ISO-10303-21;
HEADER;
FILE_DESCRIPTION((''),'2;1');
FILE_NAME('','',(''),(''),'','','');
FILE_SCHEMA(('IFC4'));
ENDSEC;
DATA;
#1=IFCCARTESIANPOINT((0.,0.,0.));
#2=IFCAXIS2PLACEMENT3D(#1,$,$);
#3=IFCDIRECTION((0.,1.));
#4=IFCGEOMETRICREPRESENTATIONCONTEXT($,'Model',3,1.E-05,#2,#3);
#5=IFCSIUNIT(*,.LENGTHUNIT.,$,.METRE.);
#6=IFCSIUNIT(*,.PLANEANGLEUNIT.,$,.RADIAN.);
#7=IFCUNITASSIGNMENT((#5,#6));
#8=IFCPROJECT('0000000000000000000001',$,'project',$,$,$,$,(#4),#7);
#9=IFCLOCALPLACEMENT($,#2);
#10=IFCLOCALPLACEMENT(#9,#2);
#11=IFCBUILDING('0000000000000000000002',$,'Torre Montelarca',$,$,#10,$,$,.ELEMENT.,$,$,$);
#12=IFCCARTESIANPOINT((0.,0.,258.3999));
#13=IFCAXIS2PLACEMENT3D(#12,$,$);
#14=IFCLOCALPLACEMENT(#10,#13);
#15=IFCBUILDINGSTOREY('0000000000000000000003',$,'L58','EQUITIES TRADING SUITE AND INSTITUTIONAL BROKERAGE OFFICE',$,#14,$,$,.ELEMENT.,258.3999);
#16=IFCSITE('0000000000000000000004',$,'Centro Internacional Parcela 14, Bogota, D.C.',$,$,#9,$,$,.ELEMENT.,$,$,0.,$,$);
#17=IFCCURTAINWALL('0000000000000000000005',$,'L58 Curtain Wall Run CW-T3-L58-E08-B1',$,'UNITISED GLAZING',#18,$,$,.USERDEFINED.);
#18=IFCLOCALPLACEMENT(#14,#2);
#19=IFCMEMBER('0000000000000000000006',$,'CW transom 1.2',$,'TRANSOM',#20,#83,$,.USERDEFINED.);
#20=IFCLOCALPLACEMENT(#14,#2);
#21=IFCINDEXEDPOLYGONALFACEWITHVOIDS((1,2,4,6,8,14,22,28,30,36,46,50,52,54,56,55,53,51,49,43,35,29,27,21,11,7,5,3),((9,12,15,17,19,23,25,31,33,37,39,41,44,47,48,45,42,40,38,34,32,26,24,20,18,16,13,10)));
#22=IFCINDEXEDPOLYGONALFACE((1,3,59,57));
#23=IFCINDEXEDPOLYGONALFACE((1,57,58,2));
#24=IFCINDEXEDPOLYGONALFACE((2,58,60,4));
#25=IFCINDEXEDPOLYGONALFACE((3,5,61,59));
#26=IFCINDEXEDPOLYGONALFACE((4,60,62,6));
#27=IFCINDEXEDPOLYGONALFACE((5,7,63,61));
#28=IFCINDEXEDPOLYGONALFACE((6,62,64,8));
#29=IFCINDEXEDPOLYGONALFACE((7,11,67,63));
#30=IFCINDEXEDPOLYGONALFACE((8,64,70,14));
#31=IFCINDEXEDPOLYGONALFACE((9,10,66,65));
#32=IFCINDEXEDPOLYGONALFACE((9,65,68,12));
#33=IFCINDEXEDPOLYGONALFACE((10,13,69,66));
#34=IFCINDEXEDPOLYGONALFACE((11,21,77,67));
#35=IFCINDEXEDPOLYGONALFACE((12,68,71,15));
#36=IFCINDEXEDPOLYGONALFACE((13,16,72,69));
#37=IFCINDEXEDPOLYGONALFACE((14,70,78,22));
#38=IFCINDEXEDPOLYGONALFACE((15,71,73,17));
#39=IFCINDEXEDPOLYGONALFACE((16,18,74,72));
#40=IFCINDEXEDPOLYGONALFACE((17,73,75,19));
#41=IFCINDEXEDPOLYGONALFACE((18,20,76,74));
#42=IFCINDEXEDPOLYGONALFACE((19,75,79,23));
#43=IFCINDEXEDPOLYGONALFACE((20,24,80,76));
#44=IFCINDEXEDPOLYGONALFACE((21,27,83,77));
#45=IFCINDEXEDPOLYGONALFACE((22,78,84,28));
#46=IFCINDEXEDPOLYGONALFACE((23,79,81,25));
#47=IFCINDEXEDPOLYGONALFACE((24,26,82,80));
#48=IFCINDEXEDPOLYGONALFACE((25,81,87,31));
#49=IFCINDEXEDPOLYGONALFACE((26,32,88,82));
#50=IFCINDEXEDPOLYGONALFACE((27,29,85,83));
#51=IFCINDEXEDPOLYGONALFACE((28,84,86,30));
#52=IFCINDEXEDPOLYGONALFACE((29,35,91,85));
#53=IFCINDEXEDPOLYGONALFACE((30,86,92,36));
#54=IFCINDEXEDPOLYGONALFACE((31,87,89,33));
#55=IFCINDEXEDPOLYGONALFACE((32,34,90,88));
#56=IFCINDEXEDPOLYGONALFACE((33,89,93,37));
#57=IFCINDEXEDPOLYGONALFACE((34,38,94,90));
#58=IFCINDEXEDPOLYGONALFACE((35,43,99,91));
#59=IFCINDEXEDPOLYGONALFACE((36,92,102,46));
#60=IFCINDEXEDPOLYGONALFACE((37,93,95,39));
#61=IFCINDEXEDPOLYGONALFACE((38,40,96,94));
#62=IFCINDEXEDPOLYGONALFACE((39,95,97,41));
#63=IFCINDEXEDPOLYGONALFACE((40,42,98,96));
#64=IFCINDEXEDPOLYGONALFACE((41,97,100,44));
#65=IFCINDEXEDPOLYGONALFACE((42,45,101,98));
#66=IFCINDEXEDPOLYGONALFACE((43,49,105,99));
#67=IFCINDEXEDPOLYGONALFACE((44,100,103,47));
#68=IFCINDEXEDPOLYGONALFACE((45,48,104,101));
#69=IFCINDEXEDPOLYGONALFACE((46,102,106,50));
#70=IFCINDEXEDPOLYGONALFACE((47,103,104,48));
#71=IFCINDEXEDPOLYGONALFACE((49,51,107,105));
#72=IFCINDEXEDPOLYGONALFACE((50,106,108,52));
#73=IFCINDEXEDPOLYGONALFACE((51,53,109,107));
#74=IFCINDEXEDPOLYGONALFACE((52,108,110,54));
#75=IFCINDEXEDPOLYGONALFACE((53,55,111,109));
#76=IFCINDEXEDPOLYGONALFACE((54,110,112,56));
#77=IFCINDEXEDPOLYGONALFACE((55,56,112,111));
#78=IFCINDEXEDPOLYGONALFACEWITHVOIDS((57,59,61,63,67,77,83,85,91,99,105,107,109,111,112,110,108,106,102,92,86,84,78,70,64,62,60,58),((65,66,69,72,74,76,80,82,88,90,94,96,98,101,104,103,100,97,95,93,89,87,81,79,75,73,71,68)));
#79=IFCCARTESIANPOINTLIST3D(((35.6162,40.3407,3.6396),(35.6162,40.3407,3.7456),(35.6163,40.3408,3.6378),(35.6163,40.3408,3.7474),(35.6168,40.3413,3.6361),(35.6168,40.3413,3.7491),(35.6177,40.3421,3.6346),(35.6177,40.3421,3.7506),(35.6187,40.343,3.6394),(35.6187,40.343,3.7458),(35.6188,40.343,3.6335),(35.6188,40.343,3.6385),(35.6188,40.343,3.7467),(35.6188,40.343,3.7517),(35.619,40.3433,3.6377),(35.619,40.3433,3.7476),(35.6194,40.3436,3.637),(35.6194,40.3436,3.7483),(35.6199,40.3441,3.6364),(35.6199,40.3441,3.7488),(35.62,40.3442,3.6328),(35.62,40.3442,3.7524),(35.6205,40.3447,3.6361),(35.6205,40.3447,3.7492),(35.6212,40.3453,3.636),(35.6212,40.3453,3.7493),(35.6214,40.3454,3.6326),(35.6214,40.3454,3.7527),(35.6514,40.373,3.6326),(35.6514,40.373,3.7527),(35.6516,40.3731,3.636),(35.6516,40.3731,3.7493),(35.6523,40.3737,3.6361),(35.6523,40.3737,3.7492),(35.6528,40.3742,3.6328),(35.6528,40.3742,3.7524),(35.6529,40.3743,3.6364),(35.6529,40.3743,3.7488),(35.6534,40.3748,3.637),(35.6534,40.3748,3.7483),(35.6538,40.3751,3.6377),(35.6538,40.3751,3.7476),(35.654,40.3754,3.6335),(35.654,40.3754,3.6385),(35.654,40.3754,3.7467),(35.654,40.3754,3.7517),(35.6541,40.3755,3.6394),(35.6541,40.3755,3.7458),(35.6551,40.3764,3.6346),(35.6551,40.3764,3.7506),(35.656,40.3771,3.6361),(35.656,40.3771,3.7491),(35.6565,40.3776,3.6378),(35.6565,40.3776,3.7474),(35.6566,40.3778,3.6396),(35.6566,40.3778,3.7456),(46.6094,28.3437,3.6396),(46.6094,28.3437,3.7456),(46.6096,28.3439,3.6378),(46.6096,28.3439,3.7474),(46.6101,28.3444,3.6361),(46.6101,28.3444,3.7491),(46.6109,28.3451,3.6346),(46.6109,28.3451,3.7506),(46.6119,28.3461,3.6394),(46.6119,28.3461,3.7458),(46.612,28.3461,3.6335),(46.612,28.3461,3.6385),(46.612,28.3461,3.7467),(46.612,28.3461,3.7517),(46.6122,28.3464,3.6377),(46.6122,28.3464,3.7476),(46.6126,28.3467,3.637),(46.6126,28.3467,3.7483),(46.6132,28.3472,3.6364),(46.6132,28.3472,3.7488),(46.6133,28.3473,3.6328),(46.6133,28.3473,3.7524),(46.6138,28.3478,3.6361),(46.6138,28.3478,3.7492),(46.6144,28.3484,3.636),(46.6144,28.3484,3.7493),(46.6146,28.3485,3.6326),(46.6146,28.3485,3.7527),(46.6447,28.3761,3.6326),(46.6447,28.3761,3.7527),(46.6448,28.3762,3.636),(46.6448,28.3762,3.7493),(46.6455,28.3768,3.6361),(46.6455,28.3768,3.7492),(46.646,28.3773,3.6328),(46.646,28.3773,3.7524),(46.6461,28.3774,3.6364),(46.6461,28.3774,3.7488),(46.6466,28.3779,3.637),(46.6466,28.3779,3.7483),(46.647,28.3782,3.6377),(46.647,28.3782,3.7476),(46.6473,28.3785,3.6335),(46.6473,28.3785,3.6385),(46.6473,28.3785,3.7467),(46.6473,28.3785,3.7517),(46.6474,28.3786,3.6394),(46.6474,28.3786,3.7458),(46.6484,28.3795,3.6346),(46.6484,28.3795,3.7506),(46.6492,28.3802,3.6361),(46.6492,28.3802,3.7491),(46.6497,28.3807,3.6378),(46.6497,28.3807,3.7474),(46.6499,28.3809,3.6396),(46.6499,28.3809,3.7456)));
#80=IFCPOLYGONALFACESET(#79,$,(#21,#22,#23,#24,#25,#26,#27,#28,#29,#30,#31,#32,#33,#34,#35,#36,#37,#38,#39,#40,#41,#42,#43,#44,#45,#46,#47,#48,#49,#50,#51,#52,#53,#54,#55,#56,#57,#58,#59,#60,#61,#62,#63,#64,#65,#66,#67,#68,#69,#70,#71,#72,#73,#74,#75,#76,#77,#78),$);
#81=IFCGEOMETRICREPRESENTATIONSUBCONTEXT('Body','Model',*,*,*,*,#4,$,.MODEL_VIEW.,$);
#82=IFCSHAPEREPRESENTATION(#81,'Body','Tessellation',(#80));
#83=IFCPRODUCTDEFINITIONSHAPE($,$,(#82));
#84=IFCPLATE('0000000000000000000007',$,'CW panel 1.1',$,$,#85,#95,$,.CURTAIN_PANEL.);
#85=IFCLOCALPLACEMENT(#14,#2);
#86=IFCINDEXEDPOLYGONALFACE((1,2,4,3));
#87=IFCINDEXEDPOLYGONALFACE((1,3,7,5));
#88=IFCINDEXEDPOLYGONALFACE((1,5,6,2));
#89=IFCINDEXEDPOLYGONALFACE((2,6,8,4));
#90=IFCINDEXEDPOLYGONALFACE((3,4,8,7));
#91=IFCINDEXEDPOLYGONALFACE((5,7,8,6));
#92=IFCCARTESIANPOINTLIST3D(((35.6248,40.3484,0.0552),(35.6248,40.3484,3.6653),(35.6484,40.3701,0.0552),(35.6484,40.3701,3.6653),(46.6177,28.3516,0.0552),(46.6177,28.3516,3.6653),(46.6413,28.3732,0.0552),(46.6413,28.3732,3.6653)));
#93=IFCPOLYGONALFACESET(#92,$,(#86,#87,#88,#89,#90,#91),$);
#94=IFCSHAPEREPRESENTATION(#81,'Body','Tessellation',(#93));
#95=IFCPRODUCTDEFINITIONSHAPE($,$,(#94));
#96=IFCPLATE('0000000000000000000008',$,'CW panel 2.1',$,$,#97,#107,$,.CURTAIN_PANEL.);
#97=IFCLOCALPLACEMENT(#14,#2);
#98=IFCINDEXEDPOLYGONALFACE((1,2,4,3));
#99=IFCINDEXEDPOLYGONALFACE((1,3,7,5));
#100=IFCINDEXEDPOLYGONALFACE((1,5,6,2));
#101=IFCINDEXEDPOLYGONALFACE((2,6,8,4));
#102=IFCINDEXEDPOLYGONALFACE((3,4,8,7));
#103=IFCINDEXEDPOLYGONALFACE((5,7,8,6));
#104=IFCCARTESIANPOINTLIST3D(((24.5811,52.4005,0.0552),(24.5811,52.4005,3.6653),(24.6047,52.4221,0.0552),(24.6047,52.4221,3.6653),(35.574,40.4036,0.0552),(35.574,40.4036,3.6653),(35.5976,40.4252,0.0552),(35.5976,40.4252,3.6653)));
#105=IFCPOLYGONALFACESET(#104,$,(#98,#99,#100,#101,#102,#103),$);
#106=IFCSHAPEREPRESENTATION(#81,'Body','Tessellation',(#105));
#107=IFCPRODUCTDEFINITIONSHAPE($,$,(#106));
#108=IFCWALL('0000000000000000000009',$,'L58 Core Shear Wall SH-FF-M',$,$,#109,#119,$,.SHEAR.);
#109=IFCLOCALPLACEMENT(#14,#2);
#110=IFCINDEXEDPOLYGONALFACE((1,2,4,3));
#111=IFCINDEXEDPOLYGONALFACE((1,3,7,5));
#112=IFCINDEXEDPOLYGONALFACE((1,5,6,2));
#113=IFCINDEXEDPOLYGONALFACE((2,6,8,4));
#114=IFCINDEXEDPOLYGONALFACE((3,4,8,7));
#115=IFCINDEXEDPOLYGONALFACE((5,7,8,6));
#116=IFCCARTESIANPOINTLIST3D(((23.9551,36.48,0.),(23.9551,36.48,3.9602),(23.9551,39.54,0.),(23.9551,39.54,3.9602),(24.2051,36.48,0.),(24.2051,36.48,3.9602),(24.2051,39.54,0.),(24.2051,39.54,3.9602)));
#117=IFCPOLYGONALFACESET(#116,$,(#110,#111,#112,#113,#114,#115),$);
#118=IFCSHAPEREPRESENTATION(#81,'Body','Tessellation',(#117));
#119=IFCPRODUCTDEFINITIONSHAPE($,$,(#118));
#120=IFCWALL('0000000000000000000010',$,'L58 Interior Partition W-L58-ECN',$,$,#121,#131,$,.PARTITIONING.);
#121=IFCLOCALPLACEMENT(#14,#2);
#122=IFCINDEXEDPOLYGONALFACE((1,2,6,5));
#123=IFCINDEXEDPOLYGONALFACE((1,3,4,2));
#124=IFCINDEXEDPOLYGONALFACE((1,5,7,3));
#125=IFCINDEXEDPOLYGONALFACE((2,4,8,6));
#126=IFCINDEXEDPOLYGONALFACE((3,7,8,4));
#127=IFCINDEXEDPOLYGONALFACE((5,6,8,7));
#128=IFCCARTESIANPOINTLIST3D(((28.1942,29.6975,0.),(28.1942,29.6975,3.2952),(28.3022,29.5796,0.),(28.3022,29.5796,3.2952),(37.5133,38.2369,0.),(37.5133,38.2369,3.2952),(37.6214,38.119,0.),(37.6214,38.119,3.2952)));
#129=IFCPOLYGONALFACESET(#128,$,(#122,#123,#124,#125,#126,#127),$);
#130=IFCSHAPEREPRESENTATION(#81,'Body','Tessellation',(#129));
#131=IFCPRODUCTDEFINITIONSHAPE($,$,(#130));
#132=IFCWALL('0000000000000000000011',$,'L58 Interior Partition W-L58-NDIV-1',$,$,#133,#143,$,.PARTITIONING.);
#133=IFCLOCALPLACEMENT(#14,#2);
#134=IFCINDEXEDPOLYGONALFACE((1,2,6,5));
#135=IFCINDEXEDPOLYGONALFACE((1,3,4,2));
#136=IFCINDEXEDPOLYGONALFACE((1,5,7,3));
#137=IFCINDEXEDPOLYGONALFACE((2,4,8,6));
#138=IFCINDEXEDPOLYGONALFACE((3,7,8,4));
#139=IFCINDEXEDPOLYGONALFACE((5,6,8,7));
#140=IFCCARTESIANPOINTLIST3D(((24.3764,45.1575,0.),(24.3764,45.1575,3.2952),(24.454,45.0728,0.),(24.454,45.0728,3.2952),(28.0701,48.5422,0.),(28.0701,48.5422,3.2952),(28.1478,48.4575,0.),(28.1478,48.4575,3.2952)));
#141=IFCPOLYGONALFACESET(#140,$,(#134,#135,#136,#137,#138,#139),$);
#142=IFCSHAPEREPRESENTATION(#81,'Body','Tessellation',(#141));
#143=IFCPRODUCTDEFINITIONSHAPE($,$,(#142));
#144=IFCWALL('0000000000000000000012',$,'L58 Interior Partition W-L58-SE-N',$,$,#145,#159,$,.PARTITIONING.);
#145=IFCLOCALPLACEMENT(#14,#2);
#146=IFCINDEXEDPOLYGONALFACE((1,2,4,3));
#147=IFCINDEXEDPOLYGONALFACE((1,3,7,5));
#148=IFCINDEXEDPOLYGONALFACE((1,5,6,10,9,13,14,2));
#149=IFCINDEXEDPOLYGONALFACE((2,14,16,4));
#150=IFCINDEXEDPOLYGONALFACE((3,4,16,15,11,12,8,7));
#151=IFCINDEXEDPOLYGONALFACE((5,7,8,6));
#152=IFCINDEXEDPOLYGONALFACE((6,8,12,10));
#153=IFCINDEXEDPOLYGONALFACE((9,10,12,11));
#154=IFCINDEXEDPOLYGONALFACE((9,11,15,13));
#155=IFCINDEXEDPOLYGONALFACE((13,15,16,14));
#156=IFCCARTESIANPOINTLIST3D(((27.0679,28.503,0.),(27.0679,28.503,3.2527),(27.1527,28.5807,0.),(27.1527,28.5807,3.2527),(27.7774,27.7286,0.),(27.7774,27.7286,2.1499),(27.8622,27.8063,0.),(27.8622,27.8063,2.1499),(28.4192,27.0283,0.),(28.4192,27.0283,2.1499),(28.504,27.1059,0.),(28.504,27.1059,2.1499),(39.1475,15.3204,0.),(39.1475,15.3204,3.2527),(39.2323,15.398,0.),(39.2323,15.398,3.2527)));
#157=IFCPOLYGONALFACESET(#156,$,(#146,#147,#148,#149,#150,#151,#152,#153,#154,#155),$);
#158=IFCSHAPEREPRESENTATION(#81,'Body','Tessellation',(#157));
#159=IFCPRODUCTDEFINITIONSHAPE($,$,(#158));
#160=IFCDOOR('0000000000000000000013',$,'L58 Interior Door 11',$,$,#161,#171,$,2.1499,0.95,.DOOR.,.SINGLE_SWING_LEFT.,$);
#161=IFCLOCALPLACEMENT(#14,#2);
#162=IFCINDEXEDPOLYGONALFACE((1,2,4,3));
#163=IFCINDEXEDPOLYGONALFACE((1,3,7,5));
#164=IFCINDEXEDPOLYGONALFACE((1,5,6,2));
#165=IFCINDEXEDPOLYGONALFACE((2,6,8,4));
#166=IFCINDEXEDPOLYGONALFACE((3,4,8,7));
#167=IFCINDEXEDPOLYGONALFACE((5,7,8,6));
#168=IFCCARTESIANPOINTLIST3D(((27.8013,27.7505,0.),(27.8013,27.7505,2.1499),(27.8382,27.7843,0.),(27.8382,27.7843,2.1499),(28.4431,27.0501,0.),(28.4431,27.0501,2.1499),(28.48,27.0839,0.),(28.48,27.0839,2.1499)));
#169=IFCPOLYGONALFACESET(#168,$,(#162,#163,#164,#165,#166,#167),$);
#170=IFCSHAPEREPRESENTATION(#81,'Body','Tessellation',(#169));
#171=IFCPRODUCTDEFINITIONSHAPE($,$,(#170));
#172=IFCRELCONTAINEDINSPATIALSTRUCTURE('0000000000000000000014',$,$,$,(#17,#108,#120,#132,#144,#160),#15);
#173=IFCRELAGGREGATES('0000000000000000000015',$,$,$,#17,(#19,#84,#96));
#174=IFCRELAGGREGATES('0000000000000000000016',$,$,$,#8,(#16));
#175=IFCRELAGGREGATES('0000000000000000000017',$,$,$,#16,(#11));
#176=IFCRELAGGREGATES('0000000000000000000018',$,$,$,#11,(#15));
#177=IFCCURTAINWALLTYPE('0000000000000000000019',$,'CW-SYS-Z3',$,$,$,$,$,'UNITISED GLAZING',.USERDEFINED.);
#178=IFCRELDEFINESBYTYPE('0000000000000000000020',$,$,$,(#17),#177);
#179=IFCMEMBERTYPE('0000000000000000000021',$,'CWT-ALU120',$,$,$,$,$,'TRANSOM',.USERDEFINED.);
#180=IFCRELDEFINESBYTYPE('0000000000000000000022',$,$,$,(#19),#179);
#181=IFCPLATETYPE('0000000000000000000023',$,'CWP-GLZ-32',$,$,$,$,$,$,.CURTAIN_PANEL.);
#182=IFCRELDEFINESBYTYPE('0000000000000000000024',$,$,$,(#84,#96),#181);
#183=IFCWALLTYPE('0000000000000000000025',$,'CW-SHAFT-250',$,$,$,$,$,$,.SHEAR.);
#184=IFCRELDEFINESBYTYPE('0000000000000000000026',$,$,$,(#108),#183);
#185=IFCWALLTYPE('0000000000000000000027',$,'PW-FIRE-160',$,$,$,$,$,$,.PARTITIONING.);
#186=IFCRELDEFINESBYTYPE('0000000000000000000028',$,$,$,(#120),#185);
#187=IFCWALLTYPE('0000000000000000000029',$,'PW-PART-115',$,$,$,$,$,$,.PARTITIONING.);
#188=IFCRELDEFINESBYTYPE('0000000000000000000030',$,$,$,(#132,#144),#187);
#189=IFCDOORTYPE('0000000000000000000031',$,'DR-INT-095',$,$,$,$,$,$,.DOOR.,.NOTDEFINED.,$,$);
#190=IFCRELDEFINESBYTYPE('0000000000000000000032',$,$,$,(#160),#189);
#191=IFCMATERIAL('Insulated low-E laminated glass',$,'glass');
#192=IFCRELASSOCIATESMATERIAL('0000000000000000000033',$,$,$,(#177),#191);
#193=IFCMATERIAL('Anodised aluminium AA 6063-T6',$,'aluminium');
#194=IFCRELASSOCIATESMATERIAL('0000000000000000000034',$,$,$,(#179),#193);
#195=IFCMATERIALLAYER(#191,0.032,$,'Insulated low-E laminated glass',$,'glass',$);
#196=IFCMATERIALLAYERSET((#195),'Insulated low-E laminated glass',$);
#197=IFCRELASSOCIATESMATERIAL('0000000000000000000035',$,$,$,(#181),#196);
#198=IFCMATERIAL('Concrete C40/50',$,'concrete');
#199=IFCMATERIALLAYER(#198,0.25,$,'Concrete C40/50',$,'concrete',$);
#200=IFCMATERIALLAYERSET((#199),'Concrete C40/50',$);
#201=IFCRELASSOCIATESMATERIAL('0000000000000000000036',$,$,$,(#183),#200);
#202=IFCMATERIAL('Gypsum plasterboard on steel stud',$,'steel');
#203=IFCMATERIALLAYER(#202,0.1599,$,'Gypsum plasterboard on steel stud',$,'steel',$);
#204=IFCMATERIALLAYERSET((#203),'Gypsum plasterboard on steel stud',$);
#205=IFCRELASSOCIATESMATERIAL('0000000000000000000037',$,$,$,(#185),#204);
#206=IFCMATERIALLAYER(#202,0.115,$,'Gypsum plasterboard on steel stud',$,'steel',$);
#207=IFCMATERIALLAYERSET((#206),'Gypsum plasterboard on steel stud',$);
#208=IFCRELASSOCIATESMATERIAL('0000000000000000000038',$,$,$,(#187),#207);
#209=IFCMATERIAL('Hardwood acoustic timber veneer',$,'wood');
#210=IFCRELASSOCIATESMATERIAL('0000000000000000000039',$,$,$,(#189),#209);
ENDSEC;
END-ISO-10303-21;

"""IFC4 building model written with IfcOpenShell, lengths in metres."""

from ifc_helpers import new_model, si_unit, direction, frame, frame_2d, origin, origin_2d, place, context, subcontext, project, spatial, rectangle, hollow_rectangle, extrude, source, transform, mapped, material, layer, layer_set, material_profile, profile_set, type_object, element, fill, aggregate, save


model = new_model("IFC4")

# Units and contexts
model_context = context("Model", 3, precision=1e-05, world=origin(), true_north=direction((0.0, 1.0)))
body_context = subcontext(model_context, "Body", "Model", "MODEL_VIEW")
ifc_project = project(units=[si_unit("LENGTHUNIT", "METRE"), si_unit("PLANEANGLEUNIT", "RADIAN")], contexts=[model_context])

# Site, building, storey
site_placement = place(None, origin())
site = spatial("IfcSite", under=ifc_project, at=site_placement, Name="Centro Internacional Parcela 14, Bogota, D.C.", CompositionType="ELEMENT", RefElevation=0.0)
building_placement = place(site_placement, origin())
building = spatial("IfcBuilding", under=site, at=building_placement, Name="Torre Montelarca", CompositionType="ELEMENT")
storey_placement = place(building_placement, frame((0.0, 0.0, 258.3999)))
storey = spatial("IfcBuildingStorey", under=building, at=storey_placement, Name="L58", Description="EQUITIES TRADING SUITE AND INSTITUTIONAL BROKERAGE OFFICE", CompositionType="ELEMENT", Elevation=258.3999)

# Shared definitions
ifc_material_1 = material(Name="Concrete C40/50", Category="concrete")

# Curtain wall
ifc_material_2 = material(Name="Insulated low-E laminated glass", Category="glass")
curtain_wall_type = type_object("IfcCurtainWallType", Name="CW-SYS-Z3", ElementType="UNITISED GLAZING", PredefinedType="USERDEFINED", material=ifc_material_2)
ifc_material_3 = material(Name="Anodised aluminium AA 6063-T6", Category="aluminium")
ifc_material_profile_1 = material_profile(ifc_material_3, hollow_rectangle(XDim=0.0549, YDim=0.1201, WallThickness=0.0034, InnerFilletRadius=0.0034, OuterFilletRadius=0.0071, at=origin_2d()), Name="ALU55X120X3.5", Category="aluminium")
ifc_profile_set_1 = profile_set([ifc_material_profile_1], Name="Anodised aluminium AA 6063-T6")
member_type_1 = type_object("IfcMemberType", Name="CWT-ALU120", ElementType="TRANSOM", PredefinedType="USERDEFINED", material=ifc_profile_set_1)
curtain_wall_1_placement = place(storey_placement, origin())
curtain_wall_1 = element("IfcCurtainWall", 1, at=curtain_wall_1_placement, inside=storey, type_object=curtain_wall_type, Name="L58 Curtain Wall Run CW-T3-L58-E08-B1", ObjectType="UNITISED GLAZING", PredefinedType="USERDEFINED")

# Member
shared_shape_1 = source(origin(), body_context, "Body", "SweptSolid", [
    extrude(hollow_rectangle(XDim=0.0549, YDim=0.1201, WallThickness=0.0034, InnerFilletRadius=0.0034, OuterFilletRadius=0.0071, at=origin_2d()), origin(), (0.0, 0.0, 1.0), 16.272),
])
member_1_placement = place(storey_placement, frame((46.6296, 28.3623, 3.6926), z_axis=(-0.675593, 0.737274, 0.0), x_axis=(-0.737274, -0.675593, 0.0)))
member_1 = element("IfcMember", 2, at=member_1_placement, type_object=member_type_1, Name="CW transom 1.2", ObjectType="TRANSOM", PredefinedType="USERDEFINED", context=body_context, shape_type="MappedRepresentation", body=[
    mapped(shared_shape_1, transform((0.0, 0.0, 0.0), scale=1.0)),
])

# Plates
ifc_layer_1 = layer(ifc_material_2, 0.032, Name="Insulated low-E laminated glass", Category="glass")
ifc_layer_set_1 = layer_set([ifc_layer_1], Name="Insulated low-E laminated glass")
plate_type = type_object("IfcPlateType", Name="CWP-GLZ-32", PredefinedType="CURTAIN_PANEL", material=ifc_layer_set_1)
shared_shape_2 = source(origin(), body_context, "Body", "SweptSolid", [
    extrude(rectangle(XDim=16.2717, YDim=0.032, at=origin_2d()), origin(), (0.0, 0.0, 1.0), 3.6101),
])
plate_1_placement = place(storey_placement, frame((41.1331, 34.3608, 0.0552), z_axis=(0.0, 0.0, 1.0), x_axis=(-0.675587, 0.73728, 0.0)))
plate_1 = element("IfcPlate", 3, at=plate_1_placement, type_object=plate_type, Name="CW panel 1.1", PredefinedType="CURTAIN_PANEL", context=body_context, shape_type="MappedRepresentation", body=[
    mapped(shared_shape_2, transform((0.0, 0.0, 0.0), scale=1.0)),
])
plate_2_placement = place(storey_placement, frame((30.0894, 46.4128, 0.0552), z_axis=(0.0, 0.0, 1.0), x_axis=(-0.675587, 0.73728, 0.0)))
plate_2 = element("IfcPlate", 4, at=plate_2_placement, type_object=plate_type, Name="CW panel 2.1", PredefinedType="CURTAIN_PANEL", context=body_context, shape_type="MappedRepresentation", body=[
    mapped(shared_shape_2, transform((0.0, 0.0, 0.0), scale=1.0)),
])
aggregate(curtain_wall_1, [member_1, plate_1, plate_2])

# Walls
ifc_layer_2 = layer(ifc_material_1, 0.25, Name="Concrete C40/50", Category="concrete")
ifc_layer_set_2 = layer_set([ifc_layer_2], Name="Concrete C40/50")
wall_type_1 = type_object("IfcWallType", Name="CW-SHAFT-250", PredefinedType="SHEAR", material=ifc_layer_set_2)
wall_1_placement = place(storey_placement, frame((24.0801, 36.48, 0.0), z_axis=(0.0, 0.0, 1.0), x_axis=(0.0, 1.0, 0.0)))
element("IfcWall", 5, at=wall_1_placement, inside=storey, type_object=wall_type_1, Name="L58 Core Shear Wall SH-FF-M", PredefinedType="SHEAR", context=body_context, shape_type="SweptSolid", body=[
    extrude(rectangle(XDim=3.0601, YDim=0.25, at=frame_2d((1.53, 0.0))), origin(), (0.0, 0.0, 1.0), 3.9602),
])
ifc_material_4 = material(Name="Gypsum plasterboard on steel stud", Category="steel")
ifc_layer_3 = layer(ifc_material_4, 0.1599, Name="Gypsum plasterboard on steel stud", Category="steel")
ifc_layer_set_3 = layer_set([ifc_layer_3], Name="Gypsum plasterboard on steel stud")
wall_type_2 = type_object("IfcWallType", Name="PW-FIRE-160", PredefinedType="PARTITIONING", material=ifc_layer_set_3)
wall_2_placement = place(storey_placement, frame((28.2483, 29.6387, 0.0), z_axis=(0.0, 0.0, 1.0), x_axis=(0.73728, 0.675587, 0.0)))
element("IfcWall", 6, at=wall_2_placement, inside=storey, type_object=wall_type_2, Name="L58 Interior Partition W-L58-ECN", PredefinedType="PARTITIONING", context=body_context, shape_type="SweptSolid", body=[
    extrude(rectangle(XDim=12.6399, YDim=0.1599, at=frame_2d((6.3198, 0.0))), origin(), (0.0, 0.0, 1.0), 3.2952),
])
ifc_layer_4 = layer(ifc_material_4, 0.115, Name="Gypsum plasterboard on steel stud", Category="steel")
ifc_layer_set_4 = layer_set([ifc_layer_4], Name="Gypsum plasterboard on steel stud")
wall_type_3 = type_object("IfcWallType", Name="PW-PART-115", PredefinedType="PARTITIONING", material=ifc_layer_set_4)
wall_3_placement = place(storey_placement, frame((24.4153, 45.1152, 0.0), z_axis=(0.0, 0.0, 1.0), x_axis=(0.73728, 0.675588, 0.0)))
element("IfcWall", 7, at=wall_3_placement, inside=storey, type_object=wall_type_3, Name="L58 Interior Partition W-L58-NDIV-1", PredefinedType="PARTITIONING", context=body_context, shape_type="SweptSolid", body=[
    extrude(rectangle(XDim=5.01, YDim=0.115, at=frame_2d((2.5049, 0.0))), origin(), (0.0, 0.0, 1.0), 3.2952),
])

# Wall, opening, door
wall_4_placement = place(storey_placement, frame((27.1104, 28.5417, 0.0), z_axis=(0.0, 0.0, 1.0), x_axis=(0.675589, -0.737279, 0.0)))
wall_4 = element("IfcWall", 8, at=wall_4_placement, inside=storey, type_object=wall_type_3, Name="L58 Interior Partition W-L58-SE-N", PredefinedType="PARTITIONING", context=body_context, shape_type="SweptSolid", body=[
    extrude(rectangle(XDim=17.8801, YDim=0.115, at=frame_2d((8.9399, 0.0))), origin(), (0.0, 0.0, 1.0), 3.2527),
])
opening_1_placement = place(wall_4_placement, frame((1.05, 0.0, 0.0)))
opening_1 = element("IfcOpeningElement", 9, at=opening_1_placement, cuts=wall_4, PredefinedType="OPENING", context=body_context, shape_type="SweptSolid", body=[
    extrude(rectangle(XDim=0.95, YDim=2.1499, at=frame_2d((0.4751, 1.075))), frame((0.0, 0.0674, 0.0), z_axis=(0.0, -1.0, 0.0), x_axis=(1.0, 0.0, 0.0)), (0.0, 0.0, 1.0), 0.135),
])
ifc_material_5 = material(Name="Hardwood acoustic timber veneer", Category="wood")
door_type = type_object("IfcDoorType", Name="DR-INT-095", OperationType="NOTDEFINED", PredefinedType="DOOR", material=ifc_material_5)
shared_shape_3 = source(origin(), body_context, "Body", "SweptSolid", [
    extrude(rectangle(XDim=0.95, YDim=2.1499, at=frame_2d((0.4751, 1.075))), frame((0.0, 0.0249, 0.0), z_axis=(0.0, -1.0, 0.0), x_axis=(1.0, 0.0, 0.0)), (0.0, 0.0, 1.0), 0.05),
])
door_1_placement = place(opening_1_placement, origin())
door_1 = element("IfcDoor", 10, at=door_1_placement, inside=storey, type_object=door_type, Name="L58 Interior Door 11", OperationType="SINGLE_SWING_LEFT", OverallHeight=2.1499, OverallWidth=0.95, PredefinedType="DOOR", context=body_context, shape_type="MappedRepresentation", body=[
    mapped(shared_shape_3, transform((0.0, 0.0, 0.0), scale=1.0)),
])
fill(opening_1, door_1)

save(model, "model.ifc")
